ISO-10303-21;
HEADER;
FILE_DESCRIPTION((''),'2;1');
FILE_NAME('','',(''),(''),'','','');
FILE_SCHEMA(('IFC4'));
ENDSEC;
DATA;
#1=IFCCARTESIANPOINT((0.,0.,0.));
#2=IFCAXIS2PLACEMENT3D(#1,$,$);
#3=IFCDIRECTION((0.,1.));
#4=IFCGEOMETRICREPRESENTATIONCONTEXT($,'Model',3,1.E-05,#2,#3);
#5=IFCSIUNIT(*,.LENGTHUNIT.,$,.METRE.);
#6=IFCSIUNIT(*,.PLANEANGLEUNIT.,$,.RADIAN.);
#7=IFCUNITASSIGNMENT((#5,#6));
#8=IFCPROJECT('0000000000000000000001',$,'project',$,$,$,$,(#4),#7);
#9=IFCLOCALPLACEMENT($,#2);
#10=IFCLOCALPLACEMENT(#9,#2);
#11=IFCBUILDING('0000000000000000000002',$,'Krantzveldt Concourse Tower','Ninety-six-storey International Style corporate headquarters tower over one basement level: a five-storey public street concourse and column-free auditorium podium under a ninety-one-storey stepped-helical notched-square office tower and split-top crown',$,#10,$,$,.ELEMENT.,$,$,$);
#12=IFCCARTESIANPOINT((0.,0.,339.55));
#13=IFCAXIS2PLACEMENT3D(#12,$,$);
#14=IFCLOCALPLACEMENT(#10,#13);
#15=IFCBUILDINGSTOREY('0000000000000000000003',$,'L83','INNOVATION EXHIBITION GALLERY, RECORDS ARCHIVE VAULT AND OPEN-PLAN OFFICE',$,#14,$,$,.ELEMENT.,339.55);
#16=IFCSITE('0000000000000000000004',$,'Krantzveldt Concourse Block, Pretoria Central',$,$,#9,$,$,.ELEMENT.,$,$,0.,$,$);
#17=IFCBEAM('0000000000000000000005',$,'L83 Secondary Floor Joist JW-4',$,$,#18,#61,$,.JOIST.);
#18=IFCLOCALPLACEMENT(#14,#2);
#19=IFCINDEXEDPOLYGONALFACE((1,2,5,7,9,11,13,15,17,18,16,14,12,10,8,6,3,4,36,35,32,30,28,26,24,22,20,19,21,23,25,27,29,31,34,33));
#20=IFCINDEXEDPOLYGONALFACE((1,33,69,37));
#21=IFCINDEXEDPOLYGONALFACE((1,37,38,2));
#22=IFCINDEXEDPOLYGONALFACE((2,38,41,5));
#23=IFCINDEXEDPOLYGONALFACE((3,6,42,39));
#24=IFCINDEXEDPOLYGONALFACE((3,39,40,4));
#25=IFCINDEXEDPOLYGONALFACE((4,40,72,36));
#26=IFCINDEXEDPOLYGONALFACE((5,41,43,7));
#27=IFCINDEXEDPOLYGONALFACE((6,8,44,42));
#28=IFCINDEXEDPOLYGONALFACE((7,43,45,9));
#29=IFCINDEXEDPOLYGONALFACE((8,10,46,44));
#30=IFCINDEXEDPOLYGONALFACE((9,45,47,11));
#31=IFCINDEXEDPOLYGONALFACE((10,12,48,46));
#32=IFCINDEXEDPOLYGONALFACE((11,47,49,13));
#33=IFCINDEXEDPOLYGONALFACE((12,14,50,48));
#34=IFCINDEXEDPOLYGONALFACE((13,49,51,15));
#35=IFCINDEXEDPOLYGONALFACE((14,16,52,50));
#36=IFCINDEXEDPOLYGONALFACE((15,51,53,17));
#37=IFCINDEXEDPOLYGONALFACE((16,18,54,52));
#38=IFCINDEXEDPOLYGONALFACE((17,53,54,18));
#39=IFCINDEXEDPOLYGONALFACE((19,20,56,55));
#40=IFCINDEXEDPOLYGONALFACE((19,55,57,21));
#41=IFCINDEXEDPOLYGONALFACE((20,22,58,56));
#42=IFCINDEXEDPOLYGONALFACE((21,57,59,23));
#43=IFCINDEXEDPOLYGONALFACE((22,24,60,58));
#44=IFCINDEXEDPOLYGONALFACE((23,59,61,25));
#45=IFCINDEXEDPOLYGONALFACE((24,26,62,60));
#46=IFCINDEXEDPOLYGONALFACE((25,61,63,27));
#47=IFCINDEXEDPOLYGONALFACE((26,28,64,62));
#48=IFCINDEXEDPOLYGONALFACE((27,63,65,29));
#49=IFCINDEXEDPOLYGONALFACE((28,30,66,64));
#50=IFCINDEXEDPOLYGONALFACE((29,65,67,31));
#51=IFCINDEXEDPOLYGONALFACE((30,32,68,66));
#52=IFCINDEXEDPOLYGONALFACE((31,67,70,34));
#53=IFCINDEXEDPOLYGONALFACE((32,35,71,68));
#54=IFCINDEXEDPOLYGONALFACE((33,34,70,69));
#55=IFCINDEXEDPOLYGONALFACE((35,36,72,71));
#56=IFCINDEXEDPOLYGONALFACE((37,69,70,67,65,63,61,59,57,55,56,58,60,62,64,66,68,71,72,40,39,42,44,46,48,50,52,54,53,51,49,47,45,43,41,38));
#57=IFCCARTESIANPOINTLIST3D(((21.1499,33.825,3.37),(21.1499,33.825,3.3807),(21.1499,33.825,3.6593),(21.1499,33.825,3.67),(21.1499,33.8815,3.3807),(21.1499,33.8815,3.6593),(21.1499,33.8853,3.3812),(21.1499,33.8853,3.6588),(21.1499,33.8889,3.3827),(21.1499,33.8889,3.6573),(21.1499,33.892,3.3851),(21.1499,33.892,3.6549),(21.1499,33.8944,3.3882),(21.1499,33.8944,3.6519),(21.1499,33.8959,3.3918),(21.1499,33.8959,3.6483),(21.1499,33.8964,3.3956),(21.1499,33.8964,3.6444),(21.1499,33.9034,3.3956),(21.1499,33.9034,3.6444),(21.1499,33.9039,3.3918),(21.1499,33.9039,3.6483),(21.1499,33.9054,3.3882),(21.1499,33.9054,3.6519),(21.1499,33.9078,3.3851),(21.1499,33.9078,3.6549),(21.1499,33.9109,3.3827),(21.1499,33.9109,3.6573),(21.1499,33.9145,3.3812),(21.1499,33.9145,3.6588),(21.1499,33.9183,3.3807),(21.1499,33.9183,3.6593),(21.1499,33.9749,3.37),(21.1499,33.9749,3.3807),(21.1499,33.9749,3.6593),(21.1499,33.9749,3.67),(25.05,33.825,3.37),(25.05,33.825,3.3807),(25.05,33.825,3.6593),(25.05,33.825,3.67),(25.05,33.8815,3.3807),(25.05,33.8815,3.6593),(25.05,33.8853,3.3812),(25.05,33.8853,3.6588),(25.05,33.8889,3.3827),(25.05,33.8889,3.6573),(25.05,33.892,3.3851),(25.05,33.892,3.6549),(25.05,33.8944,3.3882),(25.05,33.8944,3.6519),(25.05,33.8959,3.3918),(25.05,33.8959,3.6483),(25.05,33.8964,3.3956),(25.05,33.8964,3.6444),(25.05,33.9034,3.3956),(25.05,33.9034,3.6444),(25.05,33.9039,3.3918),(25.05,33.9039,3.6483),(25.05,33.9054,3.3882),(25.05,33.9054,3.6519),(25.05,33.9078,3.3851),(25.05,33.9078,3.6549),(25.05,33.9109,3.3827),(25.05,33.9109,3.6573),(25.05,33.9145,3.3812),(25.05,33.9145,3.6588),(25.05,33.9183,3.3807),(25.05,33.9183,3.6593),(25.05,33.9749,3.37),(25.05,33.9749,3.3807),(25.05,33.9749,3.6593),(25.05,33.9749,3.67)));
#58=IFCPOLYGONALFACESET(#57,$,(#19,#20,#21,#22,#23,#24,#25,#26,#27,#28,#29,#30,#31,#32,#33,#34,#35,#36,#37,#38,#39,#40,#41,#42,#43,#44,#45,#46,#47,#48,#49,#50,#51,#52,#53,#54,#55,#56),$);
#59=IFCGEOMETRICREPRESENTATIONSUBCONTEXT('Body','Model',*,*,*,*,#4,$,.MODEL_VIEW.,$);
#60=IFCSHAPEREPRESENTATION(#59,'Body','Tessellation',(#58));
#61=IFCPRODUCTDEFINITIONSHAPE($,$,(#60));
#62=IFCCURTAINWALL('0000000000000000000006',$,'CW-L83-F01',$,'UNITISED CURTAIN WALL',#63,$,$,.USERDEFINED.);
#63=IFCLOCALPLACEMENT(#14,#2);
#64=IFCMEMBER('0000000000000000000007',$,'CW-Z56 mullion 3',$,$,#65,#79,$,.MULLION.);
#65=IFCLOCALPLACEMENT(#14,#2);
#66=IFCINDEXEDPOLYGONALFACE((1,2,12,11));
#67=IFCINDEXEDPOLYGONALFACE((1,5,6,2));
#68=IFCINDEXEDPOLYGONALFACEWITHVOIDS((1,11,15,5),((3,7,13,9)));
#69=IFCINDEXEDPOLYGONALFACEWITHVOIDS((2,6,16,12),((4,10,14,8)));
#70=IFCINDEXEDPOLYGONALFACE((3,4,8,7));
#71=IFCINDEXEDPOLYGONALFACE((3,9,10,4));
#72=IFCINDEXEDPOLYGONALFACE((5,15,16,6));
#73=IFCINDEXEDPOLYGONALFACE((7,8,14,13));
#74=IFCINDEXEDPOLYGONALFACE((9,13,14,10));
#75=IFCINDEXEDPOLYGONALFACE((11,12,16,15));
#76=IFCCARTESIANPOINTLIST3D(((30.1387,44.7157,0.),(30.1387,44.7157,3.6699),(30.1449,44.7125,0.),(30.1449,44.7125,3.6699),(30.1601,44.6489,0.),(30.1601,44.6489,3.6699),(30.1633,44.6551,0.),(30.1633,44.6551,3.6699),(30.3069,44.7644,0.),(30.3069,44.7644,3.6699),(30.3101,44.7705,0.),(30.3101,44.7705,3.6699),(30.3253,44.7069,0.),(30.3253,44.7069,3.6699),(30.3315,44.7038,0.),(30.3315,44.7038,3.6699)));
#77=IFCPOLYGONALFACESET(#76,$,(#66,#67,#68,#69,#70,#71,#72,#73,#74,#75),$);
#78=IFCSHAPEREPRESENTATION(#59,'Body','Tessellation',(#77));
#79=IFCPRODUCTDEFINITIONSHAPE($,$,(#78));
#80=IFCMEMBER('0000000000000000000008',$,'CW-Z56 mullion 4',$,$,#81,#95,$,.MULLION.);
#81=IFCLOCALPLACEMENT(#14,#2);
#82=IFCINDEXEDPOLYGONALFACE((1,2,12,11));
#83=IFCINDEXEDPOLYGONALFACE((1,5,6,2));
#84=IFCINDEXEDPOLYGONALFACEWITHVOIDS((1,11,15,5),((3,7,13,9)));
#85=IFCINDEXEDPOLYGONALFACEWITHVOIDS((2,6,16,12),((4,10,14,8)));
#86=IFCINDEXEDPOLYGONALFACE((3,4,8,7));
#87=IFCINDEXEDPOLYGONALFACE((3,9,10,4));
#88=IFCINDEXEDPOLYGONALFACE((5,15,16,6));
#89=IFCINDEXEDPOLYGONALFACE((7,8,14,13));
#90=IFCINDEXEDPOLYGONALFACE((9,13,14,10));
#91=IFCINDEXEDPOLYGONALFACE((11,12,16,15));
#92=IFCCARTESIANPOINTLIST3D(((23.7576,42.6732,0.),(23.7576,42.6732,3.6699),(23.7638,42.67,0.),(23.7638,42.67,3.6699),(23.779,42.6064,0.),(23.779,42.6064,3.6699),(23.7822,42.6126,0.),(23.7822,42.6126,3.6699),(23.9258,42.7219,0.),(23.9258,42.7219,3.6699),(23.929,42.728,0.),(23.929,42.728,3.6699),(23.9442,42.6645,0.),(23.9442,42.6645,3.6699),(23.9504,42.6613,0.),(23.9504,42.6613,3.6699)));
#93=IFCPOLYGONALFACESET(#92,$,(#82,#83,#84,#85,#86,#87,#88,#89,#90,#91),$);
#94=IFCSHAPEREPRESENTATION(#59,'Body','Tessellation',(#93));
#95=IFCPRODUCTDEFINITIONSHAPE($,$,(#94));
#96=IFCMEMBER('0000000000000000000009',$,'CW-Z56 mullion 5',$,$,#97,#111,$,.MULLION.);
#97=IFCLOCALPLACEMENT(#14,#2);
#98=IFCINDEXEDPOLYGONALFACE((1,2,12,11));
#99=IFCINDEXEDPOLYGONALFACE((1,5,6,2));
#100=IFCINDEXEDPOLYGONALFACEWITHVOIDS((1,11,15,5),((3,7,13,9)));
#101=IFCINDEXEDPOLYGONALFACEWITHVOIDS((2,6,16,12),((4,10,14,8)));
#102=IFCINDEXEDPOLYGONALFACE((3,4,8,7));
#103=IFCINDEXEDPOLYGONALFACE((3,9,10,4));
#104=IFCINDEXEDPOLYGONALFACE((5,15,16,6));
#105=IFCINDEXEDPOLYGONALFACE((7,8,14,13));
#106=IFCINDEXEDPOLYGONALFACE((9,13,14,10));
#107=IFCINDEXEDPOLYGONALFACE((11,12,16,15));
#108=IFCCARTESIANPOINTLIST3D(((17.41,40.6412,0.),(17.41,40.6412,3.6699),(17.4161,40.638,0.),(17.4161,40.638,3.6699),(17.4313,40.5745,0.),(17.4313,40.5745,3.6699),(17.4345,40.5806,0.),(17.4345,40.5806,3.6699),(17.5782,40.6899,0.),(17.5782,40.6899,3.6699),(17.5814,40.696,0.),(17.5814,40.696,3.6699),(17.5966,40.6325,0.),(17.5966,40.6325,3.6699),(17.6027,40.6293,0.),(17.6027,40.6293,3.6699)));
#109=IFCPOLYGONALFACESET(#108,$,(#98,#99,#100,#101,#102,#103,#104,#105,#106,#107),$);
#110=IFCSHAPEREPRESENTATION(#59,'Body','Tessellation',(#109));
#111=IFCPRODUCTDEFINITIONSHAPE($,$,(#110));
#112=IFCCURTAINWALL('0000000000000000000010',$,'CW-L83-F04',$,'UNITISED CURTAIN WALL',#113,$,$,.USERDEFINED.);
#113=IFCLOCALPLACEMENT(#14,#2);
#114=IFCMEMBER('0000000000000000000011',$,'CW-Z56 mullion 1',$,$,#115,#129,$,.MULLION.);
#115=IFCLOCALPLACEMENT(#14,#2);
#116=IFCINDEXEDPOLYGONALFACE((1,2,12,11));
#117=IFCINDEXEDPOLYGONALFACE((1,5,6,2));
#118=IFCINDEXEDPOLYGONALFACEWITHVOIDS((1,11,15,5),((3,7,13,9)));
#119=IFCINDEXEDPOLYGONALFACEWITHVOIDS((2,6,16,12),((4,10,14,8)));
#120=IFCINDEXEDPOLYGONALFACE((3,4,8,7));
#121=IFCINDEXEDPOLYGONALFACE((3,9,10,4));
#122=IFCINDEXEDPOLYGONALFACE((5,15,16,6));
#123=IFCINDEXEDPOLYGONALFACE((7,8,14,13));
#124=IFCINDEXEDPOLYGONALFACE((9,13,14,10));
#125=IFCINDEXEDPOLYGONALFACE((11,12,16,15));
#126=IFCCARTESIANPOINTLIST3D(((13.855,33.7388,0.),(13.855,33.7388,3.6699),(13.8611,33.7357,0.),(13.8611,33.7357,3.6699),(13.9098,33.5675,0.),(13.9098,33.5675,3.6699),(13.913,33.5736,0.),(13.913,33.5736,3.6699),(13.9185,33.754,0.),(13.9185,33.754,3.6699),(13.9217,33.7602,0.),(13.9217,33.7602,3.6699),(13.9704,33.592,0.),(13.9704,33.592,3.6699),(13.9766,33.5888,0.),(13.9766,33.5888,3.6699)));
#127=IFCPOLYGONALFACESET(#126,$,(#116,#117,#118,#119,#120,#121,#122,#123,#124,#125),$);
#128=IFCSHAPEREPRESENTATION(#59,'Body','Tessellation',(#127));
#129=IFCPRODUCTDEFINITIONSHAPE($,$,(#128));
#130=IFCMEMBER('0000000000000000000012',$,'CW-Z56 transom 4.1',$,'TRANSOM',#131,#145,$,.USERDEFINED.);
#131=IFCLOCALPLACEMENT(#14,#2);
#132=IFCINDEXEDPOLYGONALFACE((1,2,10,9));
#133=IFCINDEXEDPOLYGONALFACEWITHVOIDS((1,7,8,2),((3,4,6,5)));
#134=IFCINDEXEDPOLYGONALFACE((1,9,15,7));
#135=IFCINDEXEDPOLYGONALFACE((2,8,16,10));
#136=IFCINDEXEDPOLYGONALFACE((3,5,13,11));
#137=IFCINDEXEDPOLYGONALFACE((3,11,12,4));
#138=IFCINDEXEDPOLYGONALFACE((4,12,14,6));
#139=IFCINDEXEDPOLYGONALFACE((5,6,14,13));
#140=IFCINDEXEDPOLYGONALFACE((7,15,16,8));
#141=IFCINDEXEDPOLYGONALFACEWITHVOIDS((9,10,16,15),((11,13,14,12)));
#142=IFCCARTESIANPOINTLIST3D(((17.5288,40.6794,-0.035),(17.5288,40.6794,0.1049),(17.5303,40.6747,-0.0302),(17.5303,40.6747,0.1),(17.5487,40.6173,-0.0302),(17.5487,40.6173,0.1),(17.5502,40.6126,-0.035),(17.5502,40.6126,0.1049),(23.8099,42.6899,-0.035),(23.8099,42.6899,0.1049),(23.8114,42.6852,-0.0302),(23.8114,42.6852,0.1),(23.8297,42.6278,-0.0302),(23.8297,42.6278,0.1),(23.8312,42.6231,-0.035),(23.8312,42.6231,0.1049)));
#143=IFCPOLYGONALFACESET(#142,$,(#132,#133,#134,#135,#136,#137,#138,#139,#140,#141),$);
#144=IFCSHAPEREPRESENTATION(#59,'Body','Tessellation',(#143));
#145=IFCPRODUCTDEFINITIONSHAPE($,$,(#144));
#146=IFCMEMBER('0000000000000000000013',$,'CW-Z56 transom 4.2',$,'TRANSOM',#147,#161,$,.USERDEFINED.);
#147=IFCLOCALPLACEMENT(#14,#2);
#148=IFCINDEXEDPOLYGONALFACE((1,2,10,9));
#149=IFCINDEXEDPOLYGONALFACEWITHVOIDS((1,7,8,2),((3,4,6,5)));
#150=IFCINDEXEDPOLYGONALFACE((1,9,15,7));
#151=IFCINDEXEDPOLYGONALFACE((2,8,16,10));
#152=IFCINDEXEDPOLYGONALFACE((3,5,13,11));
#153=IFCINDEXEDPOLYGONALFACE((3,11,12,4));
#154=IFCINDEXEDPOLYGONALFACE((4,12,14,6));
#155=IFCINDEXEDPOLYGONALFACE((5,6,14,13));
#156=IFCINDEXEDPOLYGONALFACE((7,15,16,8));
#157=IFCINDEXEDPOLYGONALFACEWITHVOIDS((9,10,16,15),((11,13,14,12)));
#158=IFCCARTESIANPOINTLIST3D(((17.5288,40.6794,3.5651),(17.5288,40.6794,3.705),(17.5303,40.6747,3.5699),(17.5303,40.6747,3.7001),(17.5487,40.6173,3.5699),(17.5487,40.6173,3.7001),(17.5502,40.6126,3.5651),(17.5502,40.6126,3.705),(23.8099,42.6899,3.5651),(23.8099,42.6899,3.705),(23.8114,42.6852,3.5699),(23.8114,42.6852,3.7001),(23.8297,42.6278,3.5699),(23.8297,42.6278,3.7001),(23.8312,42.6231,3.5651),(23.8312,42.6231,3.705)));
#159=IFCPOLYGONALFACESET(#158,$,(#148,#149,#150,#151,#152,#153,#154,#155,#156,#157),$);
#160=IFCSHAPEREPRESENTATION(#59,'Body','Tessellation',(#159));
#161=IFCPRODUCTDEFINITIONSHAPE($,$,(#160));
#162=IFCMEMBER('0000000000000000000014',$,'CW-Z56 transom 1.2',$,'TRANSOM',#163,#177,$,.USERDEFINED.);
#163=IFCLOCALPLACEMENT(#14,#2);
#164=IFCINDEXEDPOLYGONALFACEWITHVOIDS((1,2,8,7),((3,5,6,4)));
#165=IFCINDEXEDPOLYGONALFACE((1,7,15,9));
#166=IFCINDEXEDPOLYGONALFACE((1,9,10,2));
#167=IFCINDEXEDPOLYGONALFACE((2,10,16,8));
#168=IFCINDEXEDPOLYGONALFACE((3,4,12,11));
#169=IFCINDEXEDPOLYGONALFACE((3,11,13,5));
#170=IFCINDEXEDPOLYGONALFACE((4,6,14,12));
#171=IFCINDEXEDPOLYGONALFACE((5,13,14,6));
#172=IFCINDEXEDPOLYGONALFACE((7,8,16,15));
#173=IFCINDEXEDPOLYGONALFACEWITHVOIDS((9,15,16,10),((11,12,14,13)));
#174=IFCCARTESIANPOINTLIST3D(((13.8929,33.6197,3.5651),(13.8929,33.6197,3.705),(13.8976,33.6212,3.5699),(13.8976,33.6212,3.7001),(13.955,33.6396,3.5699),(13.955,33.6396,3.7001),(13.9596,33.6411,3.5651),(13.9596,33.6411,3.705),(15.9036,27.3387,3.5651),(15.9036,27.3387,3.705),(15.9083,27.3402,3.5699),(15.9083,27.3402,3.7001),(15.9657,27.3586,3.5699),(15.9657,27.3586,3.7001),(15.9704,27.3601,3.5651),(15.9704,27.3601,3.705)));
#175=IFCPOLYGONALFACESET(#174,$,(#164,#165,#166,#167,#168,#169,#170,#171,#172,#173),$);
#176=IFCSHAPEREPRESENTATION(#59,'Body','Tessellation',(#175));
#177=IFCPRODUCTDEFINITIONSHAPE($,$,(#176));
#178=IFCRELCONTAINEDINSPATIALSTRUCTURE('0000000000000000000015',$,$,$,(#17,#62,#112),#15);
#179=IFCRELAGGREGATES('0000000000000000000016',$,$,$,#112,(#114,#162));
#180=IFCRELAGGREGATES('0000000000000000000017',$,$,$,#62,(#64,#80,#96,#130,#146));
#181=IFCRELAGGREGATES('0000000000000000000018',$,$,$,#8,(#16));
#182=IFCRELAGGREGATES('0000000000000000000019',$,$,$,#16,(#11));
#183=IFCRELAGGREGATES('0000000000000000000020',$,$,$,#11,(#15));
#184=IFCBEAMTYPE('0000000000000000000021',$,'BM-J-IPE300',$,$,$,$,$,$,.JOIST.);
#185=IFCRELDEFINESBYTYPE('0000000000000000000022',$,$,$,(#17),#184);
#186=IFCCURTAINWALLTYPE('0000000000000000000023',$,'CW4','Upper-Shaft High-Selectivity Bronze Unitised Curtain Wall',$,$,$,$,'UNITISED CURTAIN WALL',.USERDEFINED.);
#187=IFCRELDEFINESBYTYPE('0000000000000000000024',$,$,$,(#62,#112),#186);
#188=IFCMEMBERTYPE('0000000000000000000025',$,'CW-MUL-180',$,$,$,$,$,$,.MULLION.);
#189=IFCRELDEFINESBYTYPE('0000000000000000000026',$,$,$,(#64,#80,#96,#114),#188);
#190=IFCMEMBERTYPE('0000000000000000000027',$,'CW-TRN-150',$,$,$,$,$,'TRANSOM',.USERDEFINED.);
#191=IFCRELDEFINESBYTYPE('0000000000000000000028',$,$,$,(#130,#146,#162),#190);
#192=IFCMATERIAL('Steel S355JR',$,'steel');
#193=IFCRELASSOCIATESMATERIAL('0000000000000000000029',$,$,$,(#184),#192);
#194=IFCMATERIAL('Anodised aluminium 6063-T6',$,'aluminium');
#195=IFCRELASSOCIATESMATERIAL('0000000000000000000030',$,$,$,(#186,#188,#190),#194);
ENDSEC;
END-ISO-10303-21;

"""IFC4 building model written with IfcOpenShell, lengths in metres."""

from ifc_helpers import new_model, si_unit, direction, frame, origin, origin_2d, place, context, subcontext, project, spatial, hollow_rectangle, i_section, extrude, source, transform, mapped, material, material_profile, profile_set, type_object, type_shapes, element, aggregate, save


model = new_model("IFC4")

# Units and contexts
model_context = context("Model", 3, precision=1e-05, world=origin(), true_north=direction((0.0, 1.0)))
body_context = subcontext(model_context, "Body", "Model", "MODEL_VIEW")
ifc_project = project(units=[si_unit("LENGTHUNIT", "METRE"), si_unit("PLANEANGLEUNIT", "RADIAN")], contexts=[model_context])

# Site, building, storey
site_placement = place(None, origin())
site = spatial("IfcSite", under=ifc_project, at=site_placement, Name="Krantzveldt Concourse Block, Pretoria Central", CompositionType="ELEMENT", RefElevation=0.0)
building_placement = place(site_placement, origin())
building = spatial("IfcBuilding", under=site, at=building_placement, Name="Krantzveldt Concourse Tower", Description="Ninety-six-storey International Style corporate headquarters tower over one basement level: a five-storey public street concourse and column-free auditorium podium under a ninety-one-storey stepped-helical notched-square office tower and split-top crown", CompositionType="ELEMENT")
storey_placement = place(building_placement, frame((0.0, 0.0, 339.55)))
storey = spatial("IfcBuildingStorey", under=building, at=storey_placement, Name="L83", Description="INNOVATION EXHIBITION GALLERY, RECORDS ARCHIVE VAULT AND OPEN-PLAN OFFICE", CompositionType="ELEMENT", Elevation=339.55)

# Beam
ifc_material_1 = material(Name="Steel S355JR", Category="steel")
ifc_material_profile_1 = material_profile(ifc_material_1, i_section(OverallWidth=0.1499, OverallDepth=0.3, WebThickness=0.0071, FlangeThickness=0.0107, FilletRadius=0.0149, at=origin_2d()), Name="Steel S355JR", Category="steel")
ifc_profile_set_1 = profile_set([ifc_material_profile_1], Name="Steel S355JR - IPE 300")
beam_type_1 = type_object("IfcBeamType", Name="BM-J-IPE300", PredefinedType="JOIST", material=ifc_profile_set_1)
shared_shape_1 = source(origin(), body_context, "Body", "SweptSolid", [
    extrude(i_section(OverallWidth=0.1499, OverallDepth=0.3, WebThickness=0.0071, FlangeThickness=0.0107, FilletRadius=0.0149, at=origin_2d()), origin(), (0.0, 0.0, 1.0), 3.9001),
])
beam_1_placement = place(storey_placement, frame((21.1499, 33.8999, 3.52), z_axis=(1.0, 0.0, 0.0), x_axis=(0.0, 1.0, 0.0)))
element("IfcBeam", 1, at=beam_1_placement, inside=storey, type_object=beam_type_1, Name="L83 Secondary Floor Joist JW-4", PredefinedType="JOIST", context=body_context, shape_type="MappedRepresentation", body=[
    mapped(shared_shape_1, transform((0.0, 0.0, 0.0), x_axis=(1.0, 0.0, 0.0), y_axis=(0.0, 1.0, 0.0), z_axis=(0.0, 0.0, 1.0), scale=1.0)),
])

# Curtain wall, members
ifc_material_2 = material(Name="Anodised aluminium 6063-T6", Category="aluminium")
curtain_wall_type = type_object("IfcCurtainWallType", Name="CW4", Description="Upper-Shaft High-Selectivity Bronze Unitised Curtain Wall", ElementType="UNITISED CURTAIN WALL", PredefinedType="USERDEFINED", material=ifc_material_2)
curtain_wall_1_placement = place(storey_placement, origin())
curtain_wall_1 = element("IfcCurtainWall", 2, at=curtain_wall_1_placement, inside=storey, type_object=curtain_wall_type, Name="CW-L83-F01", ObjectType="UNITISED CURTAIN WALL", PredefinedType="USERDEFINED")
ifc_material_profile_2 = material_profile(ifc_material_2, hollow_rectangle(XDim=0.0701, YDim=0.1799, WallThickness=0.0049, at=origin_2d()), Name="Anodised aluminium 6063-T6", Category="aluminium")
ifc_profile_set_2 = profile_set([ifc_material_profile_2], Name="Anodised aluminium 6063-T6 - ALU-MULL 180x70x5")
member_type_1 = type_object("IfcMemberType", Name="CW-MUL-180", PredefinedType="MULLION", material=ifc_profile_set_2)
shared_shape_2 = source(origin(), body_context, "Body", "SweptSolid", [
    extrude(hollow_rectangle(XDim=0.0701, YDim=0.1799, WallThickness=0.0049, at=origin_2d()), origin(), (0.0, 0.0, 1.0), 3.6699),
])
type_shapes(member_type_1, [shared_shape_2])
member_1_placement = place(storey_placement, frame((30.2351, 44.7097, 0.0), z_axis=(0.0, 0.0, 1.0), x_axis=(0.304864, -0.952396, 0.0)))
member_1 = element("IfcMember", 3, at=member_1_placement, type_object=member_type_1, Name="CW-Z56 mullion 3", PredefinedType="MULLION", context=body_context, shape_type="MappedRepresentation", body=[
    mapped(shared_shape_2, transform((0.0, 0.0, 0.0), x_axis=(1.0, 0.0, 0.0), y_axis=(0.0, 1.0, 0.0), z_axis=(0.0, 0.0, 1.0), scale=1.0)),
])
member_2_placement = place(storey_placement, frame((23.854, 42.6672, 0.0), z_axis=(0.0, 0.0, 1.0), x_axis=(0.304864, -0.952396, 0.0)))
member_2 = element("IfcMember", 4, at=member_2_placement, type_object=member_type_1, Name="CW-Z56 mullion 4", PredefinedType="MULLION", context=body_context, shape_type="MappedRepresentation", body=[
    mapped(shared_shape_2, transform((0.0, 0.0, 0.0), x_axis=(1.0, 0.0, 0.0), y_axis=(0.0, 1.0, 0.0), z_axis=(0.0, 0.0, 1.0), scale=1.0)),
])
member_3_placement = place(storey_placement, frame((17.5063, 40.6353, 0.0), z_axis=(0.0, 0.0, 1.0), x_axis=(0.304864, -0.952396, 0.0)))
member_3 = element("IfcMember", 5, at=member_3_placement, type_object=member_type_1, Name="CW-Z56 mullion 5", PredefinedType="MULLION", context=body_context, shape_type="MappedRepresentation", body=[
    mapped(shared_shape_2, transform((0.0, 0.0, 0.0), x_axis=(1.0, 0.0, 0.0), y_axis=(0.0, 1.0, 0.0), z_axis=(0.0, 0.0, 1.0), scale=1.0)),
])

# Curtain wall, member
curtain_wall_2_placement = place(storey_placement, origin())
curtain_wall_2 = element("IfcCurtainWall", 6, at=curtain_wall_2_placement, inside=storey, type_object=curtain_wall_type, Name="CW-L83-F04", ObjectType="UNITISED CURTAIN WALL", PredefinedType="USERDEFINED")
member_4_placement = place(storey_placement, frame((13.9158, 33.6638, 0.0), z_axis=(0.0, 0.0, 1.0), x_axis=(0.952396, 0.304864, 0.0)))
member_4 = element("IfcMember", 7, at=member_4_placement, type_object=member_type_1, Name="CW-Z56 mullion 1", PredefinedType="MULLION", context=body_context, shape_type="MappedRepresentation", body=[
    mapped(shared_shape_2, transform((0.0, 0.0, 0.0), x_axis=(1.0, 0.0, 0.0), y_axis=(0.0, 1.0, 0.0), z_axis=(0.0, 0.0, 1.0), scale=1.0)),
])

# Members
ifc_material_profile_3 = material_profile(ifc_material_2, hollow_rectangle(XDim=0.0701, YDim=0.1399, WallThickness=0.0049, at=origin_2d()), Name="Anodised aluminium 6063-T6", Category="aluminium")
ifc_profile_set_3 = profile_set([ifc_material_profile_3], Name="Anodised aluminium 6063-T6 - ALU-TRAN 140x70x5")
member_type_2 = type_object("IfcMemberType", Name="CW-TRN-150", ElementType="TRANSOM", PredefinedType="USERDEFINED", material=ifc_profile_set_3)
shared_shape_3 = source(origin(), body_context, "Body", "SweptSolid", [
    extrude(hollow_rectangle(XDim=0.0701, YDim=0.1399, WallThickness=0.0049, at=origin_2d()), origin(), (0.0, 0.0, 1.0), 6.595),
])
member_5_placement = place(storey_placement, frame((23.8206, 42.6565, 0.0349), z_axis=(-0.952399, -0.304855, 0.0), x_axis=(0.304855, -0.952399, 0.0)))
member_5 = element("IfcMember", 8, at=member_5_placement, type_object=member_type_2, Name="CW-Z56 transom 4.1", ObjectType="TRANSOM", PredefinedType="USERDEFINED", context=body_context, shape_type="MappedRepresentation", body=[
    mapped(shared_shape_3, transform((0.0, 0.0, 0.0), x_axis=(1.0, 0.0, 0.0), y_axis=(0.0, 1.0, 0.0), z_axis=(0.0, 0.0, 1.0), scale=1.0)),
])
member_6_placement = place(storey_placement, frame((23.8206, 42.6565, 3.635), z_axis=(-0.952399, -0.304855, 0.0), x_axis=(0.304855, -0.952399, 0.0)))
member_6 = element("IfcMember", 9, at=member_6_placement, type_object=member_type_2, Name="CW-Z56 transom 4.2", ObjectType="TRANSOM", PredefinedType="USERDEFINED", context=body_context, shape_type="MappedRepresentation", body=[
    mapped(shared_shape_3, transform((0.0, 0.0, 0.0), x_axis=(1.0, 0.0, 0.0), y_axis=(0.0, 1.0, 0.0), z_axis=(0.0, 0.0, 1.0), scale=1.0)),
])
member_7_placement = place(storey_placement, frame((13.9263, 33.6304, 3.635), z_axis=(0.304889, -0.952388, 0.0), x_axis=(0.952388, 0.304889, 0.0)))
member_7 = element("IfcMember", 10, at=member_7_placement, type_object=member_type_2, Name="CW-Z56 transom 1.2", ObjectType="TRANSOM", PredefinedType="USERDEFINED", context=body_context, shape_type="MappedRepresentation", body=[
    mapped(shared_shape_3, transform((0.0, 0.0, 0.0), x_axis=(1.0, 0.0, 0.0), y_axis=(0.0, 1.0, 0.0), z_axis=(0.0, 0.0, 1.0), scale=1.0)),
])
aggregate(curtain_wall_2, [member_4, member_7])

aggregate(curtain_wall_1, [member_1, member_2, member_3, member_5, member_6])

save(model, "model.ifc")
